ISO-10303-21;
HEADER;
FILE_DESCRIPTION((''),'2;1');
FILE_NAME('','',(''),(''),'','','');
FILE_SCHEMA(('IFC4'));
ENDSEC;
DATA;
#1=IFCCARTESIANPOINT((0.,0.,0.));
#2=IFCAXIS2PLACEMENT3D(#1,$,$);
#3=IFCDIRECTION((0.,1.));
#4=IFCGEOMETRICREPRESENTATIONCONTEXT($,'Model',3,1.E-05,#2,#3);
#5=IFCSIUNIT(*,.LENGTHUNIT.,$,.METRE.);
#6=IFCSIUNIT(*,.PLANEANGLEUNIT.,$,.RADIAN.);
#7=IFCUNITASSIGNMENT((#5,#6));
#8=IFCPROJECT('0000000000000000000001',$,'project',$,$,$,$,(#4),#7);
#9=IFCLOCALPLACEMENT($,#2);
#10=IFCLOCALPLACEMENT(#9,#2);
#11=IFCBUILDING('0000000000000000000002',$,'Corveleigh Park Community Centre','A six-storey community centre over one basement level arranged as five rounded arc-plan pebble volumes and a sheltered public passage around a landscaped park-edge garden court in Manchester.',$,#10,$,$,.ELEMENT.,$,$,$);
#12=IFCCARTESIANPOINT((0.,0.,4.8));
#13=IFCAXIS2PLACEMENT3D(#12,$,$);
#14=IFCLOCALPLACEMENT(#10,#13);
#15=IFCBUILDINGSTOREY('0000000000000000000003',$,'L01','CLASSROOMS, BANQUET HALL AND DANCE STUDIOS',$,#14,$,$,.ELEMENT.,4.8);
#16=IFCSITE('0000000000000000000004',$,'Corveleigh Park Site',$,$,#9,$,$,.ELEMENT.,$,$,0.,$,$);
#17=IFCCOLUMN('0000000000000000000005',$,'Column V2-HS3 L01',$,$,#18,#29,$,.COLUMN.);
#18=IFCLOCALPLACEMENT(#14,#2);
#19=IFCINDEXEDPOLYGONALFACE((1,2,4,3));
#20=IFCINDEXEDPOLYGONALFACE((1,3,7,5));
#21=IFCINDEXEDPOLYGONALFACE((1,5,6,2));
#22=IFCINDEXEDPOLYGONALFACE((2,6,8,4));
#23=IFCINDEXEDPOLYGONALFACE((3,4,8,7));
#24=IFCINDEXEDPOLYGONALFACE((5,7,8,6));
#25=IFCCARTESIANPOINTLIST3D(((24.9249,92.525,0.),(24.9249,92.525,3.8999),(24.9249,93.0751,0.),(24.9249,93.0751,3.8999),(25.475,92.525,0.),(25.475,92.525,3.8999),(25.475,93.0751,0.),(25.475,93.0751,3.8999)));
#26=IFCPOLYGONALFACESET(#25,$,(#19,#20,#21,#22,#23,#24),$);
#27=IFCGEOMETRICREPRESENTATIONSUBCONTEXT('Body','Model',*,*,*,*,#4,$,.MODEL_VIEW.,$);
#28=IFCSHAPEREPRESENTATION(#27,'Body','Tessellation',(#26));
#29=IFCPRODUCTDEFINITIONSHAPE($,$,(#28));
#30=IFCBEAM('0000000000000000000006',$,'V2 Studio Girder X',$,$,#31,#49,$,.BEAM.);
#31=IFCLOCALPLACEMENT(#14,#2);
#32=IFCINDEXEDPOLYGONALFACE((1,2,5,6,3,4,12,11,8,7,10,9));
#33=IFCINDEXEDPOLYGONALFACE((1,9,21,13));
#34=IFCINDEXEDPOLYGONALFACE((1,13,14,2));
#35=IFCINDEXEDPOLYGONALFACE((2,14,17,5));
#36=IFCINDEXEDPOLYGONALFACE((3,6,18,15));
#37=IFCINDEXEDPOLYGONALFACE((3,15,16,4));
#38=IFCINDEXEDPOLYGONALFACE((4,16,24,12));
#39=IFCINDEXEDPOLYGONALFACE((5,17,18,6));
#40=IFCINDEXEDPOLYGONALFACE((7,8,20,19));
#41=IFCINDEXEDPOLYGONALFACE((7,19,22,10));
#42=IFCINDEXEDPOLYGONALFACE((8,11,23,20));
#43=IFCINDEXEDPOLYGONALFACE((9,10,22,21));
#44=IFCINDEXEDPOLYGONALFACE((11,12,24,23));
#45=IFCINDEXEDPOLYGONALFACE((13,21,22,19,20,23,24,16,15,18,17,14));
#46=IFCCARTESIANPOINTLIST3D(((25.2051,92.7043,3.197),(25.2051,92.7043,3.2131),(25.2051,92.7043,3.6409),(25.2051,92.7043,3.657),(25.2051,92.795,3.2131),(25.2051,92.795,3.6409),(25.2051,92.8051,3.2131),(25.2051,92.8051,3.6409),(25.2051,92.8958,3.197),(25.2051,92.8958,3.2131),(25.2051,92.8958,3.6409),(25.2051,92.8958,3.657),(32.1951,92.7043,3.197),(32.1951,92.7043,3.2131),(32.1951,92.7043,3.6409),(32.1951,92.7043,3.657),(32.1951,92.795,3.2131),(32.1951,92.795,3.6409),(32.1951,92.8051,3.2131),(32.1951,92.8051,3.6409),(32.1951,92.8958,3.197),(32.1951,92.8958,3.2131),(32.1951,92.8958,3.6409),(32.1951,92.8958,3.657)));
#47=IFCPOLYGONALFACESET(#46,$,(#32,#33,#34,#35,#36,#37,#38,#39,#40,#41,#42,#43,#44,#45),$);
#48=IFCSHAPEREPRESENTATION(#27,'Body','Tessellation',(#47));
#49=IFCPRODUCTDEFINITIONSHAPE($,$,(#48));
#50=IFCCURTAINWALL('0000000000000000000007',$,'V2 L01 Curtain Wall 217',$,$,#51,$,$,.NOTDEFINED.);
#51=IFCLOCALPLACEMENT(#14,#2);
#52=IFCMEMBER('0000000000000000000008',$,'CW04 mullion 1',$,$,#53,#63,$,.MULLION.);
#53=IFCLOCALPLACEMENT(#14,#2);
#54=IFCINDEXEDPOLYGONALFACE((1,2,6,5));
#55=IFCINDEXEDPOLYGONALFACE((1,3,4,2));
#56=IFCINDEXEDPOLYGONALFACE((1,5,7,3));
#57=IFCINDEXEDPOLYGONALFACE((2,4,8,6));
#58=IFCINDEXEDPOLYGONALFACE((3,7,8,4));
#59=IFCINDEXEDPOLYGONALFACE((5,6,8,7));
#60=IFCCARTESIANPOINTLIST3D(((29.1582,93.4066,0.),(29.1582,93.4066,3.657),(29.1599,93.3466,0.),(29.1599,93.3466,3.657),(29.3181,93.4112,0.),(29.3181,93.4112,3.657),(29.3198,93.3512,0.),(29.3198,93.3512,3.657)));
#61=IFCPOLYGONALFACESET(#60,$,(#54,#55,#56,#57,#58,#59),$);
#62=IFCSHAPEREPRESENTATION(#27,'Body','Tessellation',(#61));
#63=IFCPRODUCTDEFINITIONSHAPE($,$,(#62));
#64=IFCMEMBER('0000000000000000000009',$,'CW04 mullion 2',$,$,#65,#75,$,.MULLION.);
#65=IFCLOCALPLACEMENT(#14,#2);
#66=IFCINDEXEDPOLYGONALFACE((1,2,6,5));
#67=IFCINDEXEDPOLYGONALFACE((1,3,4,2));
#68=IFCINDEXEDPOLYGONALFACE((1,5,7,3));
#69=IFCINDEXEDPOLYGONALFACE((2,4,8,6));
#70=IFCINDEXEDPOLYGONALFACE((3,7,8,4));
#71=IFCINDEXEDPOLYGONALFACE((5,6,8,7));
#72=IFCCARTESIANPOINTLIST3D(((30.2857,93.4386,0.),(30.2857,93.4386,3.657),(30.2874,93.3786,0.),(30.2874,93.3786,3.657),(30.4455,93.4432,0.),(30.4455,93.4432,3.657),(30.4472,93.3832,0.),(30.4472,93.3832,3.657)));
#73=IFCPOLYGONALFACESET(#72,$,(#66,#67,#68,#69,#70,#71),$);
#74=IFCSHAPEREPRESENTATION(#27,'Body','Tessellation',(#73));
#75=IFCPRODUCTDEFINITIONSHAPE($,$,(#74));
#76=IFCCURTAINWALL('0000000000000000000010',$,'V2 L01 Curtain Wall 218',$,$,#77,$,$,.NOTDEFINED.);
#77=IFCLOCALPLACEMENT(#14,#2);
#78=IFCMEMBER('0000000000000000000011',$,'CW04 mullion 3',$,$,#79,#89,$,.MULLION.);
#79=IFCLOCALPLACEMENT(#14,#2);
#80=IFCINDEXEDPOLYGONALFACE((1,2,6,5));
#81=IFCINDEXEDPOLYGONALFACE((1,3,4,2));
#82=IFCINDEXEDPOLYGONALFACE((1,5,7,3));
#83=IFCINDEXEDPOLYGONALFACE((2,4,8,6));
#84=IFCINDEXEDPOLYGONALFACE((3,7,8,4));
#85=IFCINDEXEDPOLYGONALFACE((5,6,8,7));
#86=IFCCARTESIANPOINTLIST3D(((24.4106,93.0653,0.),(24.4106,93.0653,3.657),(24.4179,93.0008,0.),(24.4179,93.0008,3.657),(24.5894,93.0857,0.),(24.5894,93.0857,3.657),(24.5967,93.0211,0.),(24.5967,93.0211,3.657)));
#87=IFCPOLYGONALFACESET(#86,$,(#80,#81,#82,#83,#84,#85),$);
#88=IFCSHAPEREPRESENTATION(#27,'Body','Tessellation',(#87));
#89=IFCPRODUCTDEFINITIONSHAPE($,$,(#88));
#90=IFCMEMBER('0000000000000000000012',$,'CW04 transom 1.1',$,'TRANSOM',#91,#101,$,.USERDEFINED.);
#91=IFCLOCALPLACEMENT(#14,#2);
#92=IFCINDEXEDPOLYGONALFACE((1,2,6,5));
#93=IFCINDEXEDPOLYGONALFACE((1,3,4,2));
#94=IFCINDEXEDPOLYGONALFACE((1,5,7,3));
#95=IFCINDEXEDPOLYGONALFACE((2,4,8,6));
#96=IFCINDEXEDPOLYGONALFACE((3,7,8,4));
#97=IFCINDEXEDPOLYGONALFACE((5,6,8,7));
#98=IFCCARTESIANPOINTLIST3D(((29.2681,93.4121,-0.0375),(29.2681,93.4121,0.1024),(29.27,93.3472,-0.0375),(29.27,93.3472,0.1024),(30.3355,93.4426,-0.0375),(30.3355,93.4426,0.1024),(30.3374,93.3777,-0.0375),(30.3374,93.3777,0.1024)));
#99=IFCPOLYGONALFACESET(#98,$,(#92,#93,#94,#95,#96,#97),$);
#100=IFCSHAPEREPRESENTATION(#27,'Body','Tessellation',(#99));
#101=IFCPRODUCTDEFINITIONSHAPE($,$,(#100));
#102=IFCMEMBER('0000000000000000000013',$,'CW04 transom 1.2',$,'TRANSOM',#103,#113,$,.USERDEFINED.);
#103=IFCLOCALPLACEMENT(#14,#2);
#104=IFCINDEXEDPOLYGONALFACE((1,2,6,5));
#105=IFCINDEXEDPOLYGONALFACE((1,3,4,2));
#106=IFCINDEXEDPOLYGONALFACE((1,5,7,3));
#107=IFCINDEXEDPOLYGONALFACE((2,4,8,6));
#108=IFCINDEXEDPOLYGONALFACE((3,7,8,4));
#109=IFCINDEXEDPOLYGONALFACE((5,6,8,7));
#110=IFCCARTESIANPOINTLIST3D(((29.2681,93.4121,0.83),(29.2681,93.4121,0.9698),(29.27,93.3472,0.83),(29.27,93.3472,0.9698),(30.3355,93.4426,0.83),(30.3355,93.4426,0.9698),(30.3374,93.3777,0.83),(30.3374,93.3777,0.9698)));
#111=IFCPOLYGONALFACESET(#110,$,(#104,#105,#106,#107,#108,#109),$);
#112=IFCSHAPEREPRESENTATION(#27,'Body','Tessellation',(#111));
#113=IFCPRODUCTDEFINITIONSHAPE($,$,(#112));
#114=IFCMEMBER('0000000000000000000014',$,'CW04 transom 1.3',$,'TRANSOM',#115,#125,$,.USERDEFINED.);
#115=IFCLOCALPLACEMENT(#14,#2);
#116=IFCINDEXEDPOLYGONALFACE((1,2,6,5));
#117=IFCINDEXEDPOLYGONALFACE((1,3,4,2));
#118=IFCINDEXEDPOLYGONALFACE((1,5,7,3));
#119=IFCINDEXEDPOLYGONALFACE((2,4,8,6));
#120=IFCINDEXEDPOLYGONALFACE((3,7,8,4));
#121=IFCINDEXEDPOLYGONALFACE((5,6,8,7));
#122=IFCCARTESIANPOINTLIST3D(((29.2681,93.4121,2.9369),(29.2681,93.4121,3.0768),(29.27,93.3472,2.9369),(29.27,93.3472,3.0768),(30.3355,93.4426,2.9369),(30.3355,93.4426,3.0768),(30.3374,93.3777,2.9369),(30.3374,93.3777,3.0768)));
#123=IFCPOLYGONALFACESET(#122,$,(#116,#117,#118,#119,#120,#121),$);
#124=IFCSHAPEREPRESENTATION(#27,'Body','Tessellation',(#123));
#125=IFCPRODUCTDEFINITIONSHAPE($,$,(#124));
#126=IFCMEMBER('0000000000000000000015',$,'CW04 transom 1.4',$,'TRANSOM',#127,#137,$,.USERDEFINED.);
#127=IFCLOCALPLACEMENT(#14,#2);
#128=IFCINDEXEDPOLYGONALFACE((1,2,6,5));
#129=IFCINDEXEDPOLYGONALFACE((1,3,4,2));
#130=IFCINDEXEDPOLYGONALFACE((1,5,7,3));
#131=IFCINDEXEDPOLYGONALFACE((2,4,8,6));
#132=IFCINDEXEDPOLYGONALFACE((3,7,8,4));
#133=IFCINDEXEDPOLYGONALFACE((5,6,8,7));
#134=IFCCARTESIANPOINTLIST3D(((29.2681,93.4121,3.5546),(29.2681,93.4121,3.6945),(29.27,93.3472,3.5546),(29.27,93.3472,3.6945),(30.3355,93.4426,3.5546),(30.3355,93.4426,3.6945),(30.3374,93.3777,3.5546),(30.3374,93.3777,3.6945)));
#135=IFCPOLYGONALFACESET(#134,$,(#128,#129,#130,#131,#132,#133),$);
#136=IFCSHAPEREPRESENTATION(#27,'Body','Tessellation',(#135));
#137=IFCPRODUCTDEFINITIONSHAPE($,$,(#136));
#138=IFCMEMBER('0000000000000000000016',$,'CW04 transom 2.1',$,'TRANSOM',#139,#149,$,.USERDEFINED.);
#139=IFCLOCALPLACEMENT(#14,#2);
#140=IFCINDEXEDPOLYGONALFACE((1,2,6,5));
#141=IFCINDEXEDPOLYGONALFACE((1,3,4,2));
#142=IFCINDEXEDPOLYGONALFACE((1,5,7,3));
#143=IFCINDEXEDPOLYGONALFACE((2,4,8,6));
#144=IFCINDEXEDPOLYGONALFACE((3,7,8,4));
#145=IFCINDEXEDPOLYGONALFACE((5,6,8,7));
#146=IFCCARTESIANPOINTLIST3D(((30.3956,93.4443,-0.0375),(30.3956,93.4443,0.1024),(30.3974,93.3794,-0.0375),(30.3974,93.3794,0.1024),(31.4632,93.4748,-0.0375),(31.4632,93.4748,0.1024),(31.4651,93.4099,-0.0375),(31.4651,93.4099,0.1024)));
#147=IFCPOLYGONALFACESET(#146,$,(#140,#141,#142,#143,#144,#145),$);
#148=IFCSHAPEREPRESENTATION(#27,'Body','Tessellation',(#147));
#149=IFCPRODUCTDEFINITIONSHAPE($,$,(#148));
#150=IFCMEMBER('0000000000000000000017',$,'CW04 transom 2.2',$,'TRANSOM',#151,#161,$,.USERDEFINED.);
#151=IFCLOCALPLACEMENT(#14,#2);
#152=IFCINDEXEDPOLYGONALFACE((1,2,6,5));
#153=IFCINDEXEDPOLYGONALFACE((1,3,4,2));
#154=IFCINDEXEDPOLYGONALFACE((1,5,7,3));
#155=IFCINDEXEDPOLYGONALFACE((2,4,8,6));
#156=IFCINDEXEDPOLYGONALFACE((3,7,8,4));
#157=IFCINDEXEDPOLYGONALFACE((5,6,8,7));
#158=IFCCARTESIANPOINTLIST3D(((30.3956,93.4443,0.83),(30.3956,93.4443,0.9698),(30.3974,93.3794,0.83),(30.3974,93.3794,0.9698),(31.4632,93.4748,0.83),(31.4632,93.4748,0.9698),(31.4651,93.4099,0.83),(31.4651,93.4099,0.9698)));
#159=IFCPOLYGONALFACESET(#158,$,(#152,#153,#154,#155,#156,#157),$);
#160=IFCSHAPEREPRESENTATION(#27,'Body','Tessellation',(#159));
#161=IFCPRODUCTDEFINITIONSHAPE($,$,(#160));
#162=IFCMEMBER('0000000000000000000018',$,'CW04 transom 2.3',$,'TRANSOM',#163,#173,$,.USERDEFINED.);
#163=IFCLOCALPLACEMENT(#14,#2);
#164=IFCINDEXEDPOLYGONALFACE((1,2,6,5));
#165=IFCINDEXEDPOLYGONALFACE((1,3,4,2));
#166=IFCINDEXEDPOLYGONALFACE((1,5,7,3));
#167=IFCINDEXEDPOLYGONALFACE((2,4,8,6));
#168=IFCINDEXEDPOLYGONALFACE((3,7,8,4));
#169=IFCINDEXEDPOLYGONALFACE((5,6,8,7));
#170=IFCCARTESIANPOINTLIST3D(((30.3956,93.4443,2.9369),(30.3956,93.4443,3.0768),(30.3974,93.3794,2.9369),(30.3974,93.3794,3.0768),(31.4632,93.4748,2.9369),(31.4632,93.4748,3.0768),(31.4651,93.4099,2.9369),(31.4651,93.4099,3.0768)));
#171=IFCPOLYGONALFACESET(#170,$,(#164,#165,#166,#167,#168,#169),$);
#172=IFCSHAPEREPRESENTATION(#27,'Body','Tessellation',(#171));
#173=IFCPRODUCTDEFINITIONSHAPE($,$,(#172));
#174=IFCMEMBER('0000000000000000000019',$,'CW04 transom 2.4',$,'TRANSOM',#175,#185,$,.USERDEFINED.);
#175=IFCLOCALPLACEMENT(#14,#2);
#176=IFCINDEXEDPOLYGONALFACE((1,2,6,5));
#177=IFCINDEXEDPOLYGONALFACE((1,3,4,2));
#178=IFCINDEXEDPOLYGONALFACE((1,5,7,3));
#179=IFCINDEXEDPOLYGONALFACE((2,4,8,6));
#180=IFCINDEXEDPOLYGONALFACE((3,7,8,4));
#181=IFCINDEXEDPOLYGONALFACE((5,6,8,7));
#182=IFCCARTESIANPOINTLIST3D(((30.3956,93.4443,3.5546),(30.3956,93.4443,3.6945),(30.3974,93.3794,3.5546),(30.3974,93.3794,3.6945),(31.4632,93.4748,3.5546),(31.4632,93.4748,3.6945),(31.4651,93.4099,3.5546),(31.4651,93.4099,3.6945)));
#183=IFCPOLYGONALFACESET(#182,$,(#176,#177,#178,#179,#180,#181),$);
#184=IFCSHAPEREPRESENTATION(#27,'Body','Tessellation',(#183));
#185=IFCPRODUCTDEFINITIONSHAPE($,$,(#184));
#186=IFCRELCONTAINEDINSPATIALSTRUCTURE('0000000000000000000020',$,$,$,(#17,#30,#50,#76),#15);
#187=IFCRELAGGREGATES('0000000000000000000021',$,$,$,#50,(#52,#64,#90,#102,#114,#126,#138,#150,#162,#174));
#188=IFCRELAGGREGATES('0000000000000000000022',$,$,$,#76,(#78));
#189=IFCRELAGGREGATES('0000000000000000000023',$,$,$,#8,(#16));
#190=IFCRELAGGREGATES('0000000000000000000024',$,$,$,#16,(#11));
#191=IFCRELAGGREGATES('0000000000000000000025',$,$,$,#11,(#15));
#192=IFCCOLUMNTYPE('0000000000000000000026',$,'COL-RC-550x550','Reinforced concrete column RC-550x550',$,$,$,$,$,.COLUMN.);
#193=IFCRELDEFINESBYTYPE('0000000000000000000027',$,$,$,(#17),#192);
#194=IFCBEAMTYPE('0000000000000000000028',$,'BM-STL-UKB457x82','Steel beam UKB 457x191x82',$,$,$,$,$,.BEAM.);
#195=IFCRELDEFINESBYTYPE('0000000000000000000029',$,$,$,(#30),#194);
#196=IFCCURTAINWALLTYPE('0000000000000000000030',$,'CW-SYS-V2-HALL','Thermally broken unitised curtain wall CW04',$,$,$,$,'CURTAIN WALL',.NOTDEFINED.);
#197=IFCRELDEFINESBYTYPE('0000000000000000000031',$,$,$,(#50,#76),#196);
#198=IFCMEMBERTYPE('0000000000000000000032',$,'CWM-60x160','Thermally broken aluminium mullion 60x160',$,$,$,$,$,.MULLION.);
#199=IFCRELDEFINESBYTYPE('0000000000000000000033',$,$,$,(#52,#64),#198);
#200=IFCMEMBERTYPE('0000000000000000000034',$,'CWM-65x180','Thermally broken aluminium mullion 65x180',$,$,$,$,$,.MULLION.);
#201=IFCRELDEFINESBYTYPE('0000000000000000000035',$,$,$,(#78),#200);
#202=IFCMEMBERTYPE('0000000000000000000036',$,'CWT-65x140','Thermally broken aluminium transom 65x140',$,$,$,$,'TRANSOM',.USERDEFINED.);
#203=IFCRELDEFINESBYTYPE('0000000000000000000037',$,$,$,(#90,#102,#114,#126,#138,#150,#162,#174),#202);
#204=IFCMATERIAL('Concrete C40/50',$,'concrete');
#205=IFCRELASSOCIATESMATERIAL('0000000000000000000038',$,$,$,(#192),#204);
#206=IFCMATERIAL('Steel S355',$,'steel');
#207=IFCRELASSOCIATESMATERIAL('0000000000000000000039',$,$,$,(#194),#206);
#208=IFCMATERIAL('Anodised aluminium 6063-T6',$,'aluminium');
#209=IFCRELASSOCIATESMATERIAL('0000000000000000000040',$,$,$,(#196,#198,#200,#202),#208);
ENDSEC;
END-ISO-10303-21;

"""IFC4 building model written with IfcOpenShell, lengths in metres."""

from ifc_helpers import new_model, si_unit, direction, frame, origin, origin_2d, place, context, subcontext, project, spatial, rectangle, i_section, extrude, material, material_profile, profile_set, type_object, element, aggregate, save


model = new_model("IFC4")

# Units and contexts
model_context = context("Model", 3, precision=1e-05, world=origin(), true_north=direction((0.0, 1.0)))
body_context = subcontext(model_context, "Body", "Model", "MODEL_VIEW")
ifc_project = project(units=[si_unit("LENGTHUNIT", "METRE"), si_unit("PLANEANGLEUNIT", "RADIAN")], contexts=[model_context])

# Site, building, storey
site_placement = place(None, origin())
site = spatial("IfcSite", under=ifc_project, at=site_placement, Name="Corveleigh Park Site", CompositionType="ELEMENT", RefElevation=0.0)
building_placement = place(site_placement, origin())
building = spatial("IfcBuilding", under=site, at=building_placement, Name="Corveleigh Park Community Centre", Description="A six-storey community centre over one basement level arranged as five rounded arc-plan pebble volumes and a sheltered public passage around a landscaped park-edge garden court in Manchester.", CompositionType="ELEMENT")
storey_placement = place(building_placement, frame((0.0, 0.0, 4.8)))
storey = spatial("IfcBuildingStorey", under=building, at=storey_placement, Name="L01", Description="CLASSROOMS, BANQUET HALL AND DANCE STUDIOS", CompositionType="ELEMENT", Elevation=4.8)

# Column
ifc_material_1 = material(Name="Concrete C40/50", Category="concrete")
ifc_material_profile_1 = material_profile(ifc_material_1, rectangle(XDim=0.55, YDim=0.55, at=origin_2d()), Name="RC-550x550", Category="concrete")
ifc_profile_set_1 = profile_set([ifc_material_profile_1], Name="Concrete C40/50")
column_type = type_object("IfcColumnType", Name="COL-RC-550x550", Description="Reinforced concrete column RC-550x550", PredefinedType="COLUMN", material=ifc_profile_set_1)
column_placement = place(storey_placement, frame((25.2, 92.8, 0.0), z_axis=(0.0, 0.0, 1.0), x_axis=(1.0, 0.0, 0.0)))
element("IfcColumn", 1, at=column_placement, inside=storey, type_object=column_type, Name="Column V2-HS3 L01", PredefinedType="COLUMN", context=body_context, shape_type="SweptSolid", body=[
    extrude(rectangle(XDim=0.55, YDim=0.55, at=origin_2d()), origin(), (0.0, 0.0, 1.0), 3.8999),
])

# Beam
ifc_material_2 = material(Name="Steel S355", Category="steel")
ifc_material_profile_2 = material_profile(ifc_material_2, i_section(OverallWidth=0.1914, OverallDepth=0.46, WebThickness=0.01, FlangeThickness=0.0161, at=origin_2d()), Name="UKB 457x191x82", Category="steel")
ifc_profile_set_2 = profile_set([ifc_material_profile_2], Name="Steel S355")
beam_type = type_object("IfcBeamType", Name="BM-STL-UKB457x82", Description="Steel beam UKB 457x191x82", PredefinedType="BEAM", material=ifc_profile_set_2)
beam_placement = place(storey_placement, frame((25.2051, 92.8, 3.427), z_axis=(1.0, 0.0, 0.0), x_axis=(0.0, 1.0, 0.0)))
element("IfcBeam", 2, at=beam_placement, inside=storey, type_object=beam_type, Name="V2 Studio Girder X", PredefinedType="BEAM", context=body_context, shape_type="SweptSolid", body=[
    extrude(i_section(OverallWidth=0.1914, OverallDepth=0.46, WebThickness=0.01, FlangeThickness=0.0161, at=origin_2d()), origin(), (0.0, 0.0, 1.0), 6.99),
])

# Curtain wall, members
ifc_material_3 = material(Name="Anodised aluminium 6063-T6", Category="aluminium")
curtain_wall_type = type_object("IfcCurtainWallType", Name="CW-SYS-V2-HALL", Description="Thermally broken unitised curtain wall CW04", ElementType="CURTAIN WALL", PredefinedType="NOTDEFINED", material=ifc_material_3)
curtain_wall_1_placement = place(storey_placement, origin())
curtain_wall_1 = element("IfcCurtainWall", 3, at=curtain_wall_1_placement, inside=storey, type_object=curtain_wall_type, Name="V2 L01 Curtain Wall 217", PredefinedType="NOTDEFINED")
ifc_material_profile_3 = material_profile(ifc_material_3, rectangle(XDim=0.0601, YDim=0.1599, at=origin_2d()), Name="ALU-M60x160", Category="aluminium")
ifc_profile_set_3 = profile_set([ifc_material_profile_3], Name="Anodised aluminium 6063-T6")
member_type_1 = type_object("IfcMemberType", Name="CWM-60x160", Description="Thermally broken aluminium mullion 60x160", PredefinedType="MULLION", material=ifc_profile_set_3)
member_1_placement = place(storey_placement, frame((29.239, 93.3789, 0.0), z_axis=(0.0, 0.0, 1.0), x_axis=(-0.028498, 0.999594, 0.0)))
member_1 = element("IfcMember", 4, at=member_1_placement, type_object=member_type_1, Name="CW04 mullion 1", PredefinedType="MULLION", context=body_context, shape_type="SweptSolid", body=[
    extrude(rectangle(XDim=0.0601, YDim=0.1599, at=origin_2d()), origin(), (0.0, 0.0, 1.0), 3.657),
])
member_2_placement = place(storey_placement, frame((30.3665, 93.4109, 0.0), z_axis=(0.0, 0.0, 1.0), x_axis=(-0.028498, 0.999594, 0.0)))
member_2 = element("IfcMember", 5, at=member_2_placement, type_object=member_type_1, Name="CW04 mullion 2", PredefinedType="MULLION", context=body_context, shape_type="SweptSolid", body=[
    extrude(rectangle(XDim=0.0601, YDim=0.1599, at=origin_2d()), origin(), (0.0, 0.0, 1.0), 3.657),
])

# Curtain wall, member
curtain_wall_2_placement = place(storey_placement, origin())
curtain_wall_2 = element("IfcCurtainWall", 6, at=curtain_wall_2_placement, inside=storey, type_object=curtain_wall_type, Name="V2 L01 Curtain Wall 218", PredefinedType="NOTDEFINED")
ifc_material_profile_4 = material_profile(ifc_material_3, rectangle(XDim=0.0649, YDim=0.1799, at=origin_2d()), Name="ALU-M65x180", Category="aluminium")
ifc_profile_set_4 = profile_set([ifc_material_profile_4], Name="Anodised aluminium 6063-T6")
member_type_2 = type_object("IfcMemberType", Name="CWM-65x180", Description="Thermally broken aluminium mullion 65x180", PredefinedType="MULLION", material=ifc_profile_set_4)
member_3_placement = place(storey_placement, frame((24.5037, 93.0432, 0.0), z_axis=(0.0, 0.0, 1.0), x_axis=(-0.113133, 0.99358, 0.0)))
member_3 = element("IfcMember", 7, at=member_3_placement, type_object=member_type_2, Name="CW04 mullion 3", PredefinedType="MULLION", context=body_context, shape_type="SweptSolid", body=[
    extrude(rectangle(XDim=0.0649, YDim=0.1799, at=origin_2d()), origin(), (0.0, 0.0, 1.0), 3.657),
])

# Members
ifc_material_profile_5 = material_profile(ifc_material_3, rectangle(XDim=0.0649, YDim=0.1399, at=origin_2d()), Name="ALU-T65x140", Category="aluminium")
ifc_profile_set_5 = profile_set([ifc_material_profile_5], Name="Anodised aluminium 6063-T6")
member_type_3 = type_object("IfcMemberType", Name="CWT-65x140", Description="Thermally broken aluminium transom 65x140", ElementType="TRANSOM", PredefinedType="USERDEFINED", material=ifc_profile_set_5)
member_4_placement = place(storey_placement, frame((29.269, 93.3796, 0.0325), z_axis=(0.999592, 0.028579, 0.0), x_axis=(-0.028579, 0.999592, 0.0)))
member_4 = element("IfcMember", 8, at=member_4_placement, type_object=member_type_3, Name="CW04 transom 1.1", ObjectType="TRANSOM", PredefinedType="USERDEFINED", context=body_context, shape_type="SweptSolid", body=[
    extrude(rectangle(XDim=0.0649, YDim=0.1399, at=origin_2d()), origin(), (0.0, 0.0, 1.0), 1.0679),
])
member_5_placement = place(storey_placement, frame((29.269, 93.3796, 0.8999), z_axis=(0.999592, 0.028579, 0.0), x_axis=(-0.028579, 0.999592, 0.0)))
member_5 = element("IfcMember", 9, at=member_5_placement, type_object=member_type_3, Name="CW04 transom 1.2", ObjectType="TRANSOM", PredefinedType="USERDEFINED", context=body_context, shape_type="SweptSolid", body=[
    extrude(rectangle(XDim=0.0649, YDim=0.1399, at=origin_2d()), origin(), (0.0, 0.0, 1.0), 1.0679),
])
member_6_placement = place(storey_placement, frame((29.269, 93.3796, 3.0068), z_axis=(0.999592, 0.028579, 0.0), x_axis=(-0.028579, 0.999592, 0.0)))
member_6 = element("IfcMember", 10, at=member_6_placement, type_object=member_type_3, Name="CW04 transom 1.3", ObjectType="TRANSOM", PredefinedType="USERDEFINED", context=body_context, shape_type="SweptSolid", body=[
    extrude(rectangle(XDim=0.0649, YDim=0.1399, at=origin_2d()), origin(), (0.0, 0.0, 1.0), 1.0679),
])
member_7_placement = place(storey_placement, frame((29.269, 93.3796, 3.6245), z_axis=(0.999592, 0.028579, 0.0), x_axis=(-0.028579, 0.999592, 0.0)))
member_7 = element("IfcMember", 11, at=member_7_placement, type_object=member_type_3, Name="CW04 transom 1.4", ObjectType="TRANSOM", PredefinedType="USERDEFINED", context=body_context, shape_type="SweptSolid", body=[
    extrude(rectangle(XDim=0.0649, YDim=0.1399, at=origin_2d()), origin(), (0.0, 0.0, 1.0), 1.0679),
])
member_8_placement = place(storey_placement, frame((30.3965, 93.4119, 0.0325), z_axis=(0.999592, 0.028573, 0.0), x_axis=(-0.028573, 0.999592, 0.0)))
member_8 = element("IfcMember", 12, at=member_8_placement, type_object=member_type_3, Name="CW04 transom 2.1", ObjectType="TRANSOM", PredefinedType="USERDEFINED", context=body_context, shape_type="SweptSolid", body=[
    extrude(rectangle(XDim=0.0649, YDim=0.1399, at=origin_2d()), origin(), (0.0, 0.0, 1.0), 1.0681),
])
member_9_placement = place(storey_placement, frame((30.3965, 93.4119, 0.8999), z_axis=(0.999592, 0.028573, 0.0), x_axis=(-0.028573, 0.999592, 0.0)))
member_9 = element("IfcMember", 13, at=member_9_placement, type_object=member_type_3, Name="CW04 transom 2.2", ObjectType="TRANSOM", PredefinedType="USERDEFINED", context=body_context, shape_type="SweptSolid", body=[
    extrude(rectangle(XDim=0.0649, YDim=0.1399, at=origin_2d()), origin(), (0.0, 0.0, 1.0), 1.0681),
])
member_10_placement = place(storey_placement, frame((30.3965, 93.4119, 3.0068), z_axis=(0.999592, 0.028573, 0.0), x_axis=(-0.028573, 0.999592, 0.0)))
member_10 = element("IfcMember", 14, at=member_10_placement, type_object=member_type_3, Name="CW04 transom 2.3", ObjectType="TRANSOM", PredefinedType="USERDEFINED", context=body_context, shape_type="SweptSolid", body=[
    extrude(rectangle(XDim=0.0649, YDim=0.1399, at=origin_2d()), origin(), (0.0, 0.0, 1.0), 1.0681),
])
member_11_placement = place(storey_placement, frame((30.3965, 93.4119, 3.6245), z_axis=(0.999592, 0.028573, 0.0), x_axis=(-0.028573, 0.999592, 0.0)))
member_11 = element("IfcMember", 15, at=member_11_placement, type_object=member_type_3, Name="CW04 transom 2.4", ObjectType="TRANSOM", PredefinedType="USERDEFINED", context=body_context, shape_type="SweptSolid", body=[
    extrude(rectangle(XDim=0.0649, YDim=0.1399, at=origin_2d()), origin(), (0.0, 0.0, 1.0), 1.0681),
])

aggregate(curtain_wall_1, [member_1, member_2, member_4, member_5, member_6, member_7, member_8, member_9, member_10, member_11])
aggregate(curtain_wall_2, [member_3])

save(model, "model.ifc")
